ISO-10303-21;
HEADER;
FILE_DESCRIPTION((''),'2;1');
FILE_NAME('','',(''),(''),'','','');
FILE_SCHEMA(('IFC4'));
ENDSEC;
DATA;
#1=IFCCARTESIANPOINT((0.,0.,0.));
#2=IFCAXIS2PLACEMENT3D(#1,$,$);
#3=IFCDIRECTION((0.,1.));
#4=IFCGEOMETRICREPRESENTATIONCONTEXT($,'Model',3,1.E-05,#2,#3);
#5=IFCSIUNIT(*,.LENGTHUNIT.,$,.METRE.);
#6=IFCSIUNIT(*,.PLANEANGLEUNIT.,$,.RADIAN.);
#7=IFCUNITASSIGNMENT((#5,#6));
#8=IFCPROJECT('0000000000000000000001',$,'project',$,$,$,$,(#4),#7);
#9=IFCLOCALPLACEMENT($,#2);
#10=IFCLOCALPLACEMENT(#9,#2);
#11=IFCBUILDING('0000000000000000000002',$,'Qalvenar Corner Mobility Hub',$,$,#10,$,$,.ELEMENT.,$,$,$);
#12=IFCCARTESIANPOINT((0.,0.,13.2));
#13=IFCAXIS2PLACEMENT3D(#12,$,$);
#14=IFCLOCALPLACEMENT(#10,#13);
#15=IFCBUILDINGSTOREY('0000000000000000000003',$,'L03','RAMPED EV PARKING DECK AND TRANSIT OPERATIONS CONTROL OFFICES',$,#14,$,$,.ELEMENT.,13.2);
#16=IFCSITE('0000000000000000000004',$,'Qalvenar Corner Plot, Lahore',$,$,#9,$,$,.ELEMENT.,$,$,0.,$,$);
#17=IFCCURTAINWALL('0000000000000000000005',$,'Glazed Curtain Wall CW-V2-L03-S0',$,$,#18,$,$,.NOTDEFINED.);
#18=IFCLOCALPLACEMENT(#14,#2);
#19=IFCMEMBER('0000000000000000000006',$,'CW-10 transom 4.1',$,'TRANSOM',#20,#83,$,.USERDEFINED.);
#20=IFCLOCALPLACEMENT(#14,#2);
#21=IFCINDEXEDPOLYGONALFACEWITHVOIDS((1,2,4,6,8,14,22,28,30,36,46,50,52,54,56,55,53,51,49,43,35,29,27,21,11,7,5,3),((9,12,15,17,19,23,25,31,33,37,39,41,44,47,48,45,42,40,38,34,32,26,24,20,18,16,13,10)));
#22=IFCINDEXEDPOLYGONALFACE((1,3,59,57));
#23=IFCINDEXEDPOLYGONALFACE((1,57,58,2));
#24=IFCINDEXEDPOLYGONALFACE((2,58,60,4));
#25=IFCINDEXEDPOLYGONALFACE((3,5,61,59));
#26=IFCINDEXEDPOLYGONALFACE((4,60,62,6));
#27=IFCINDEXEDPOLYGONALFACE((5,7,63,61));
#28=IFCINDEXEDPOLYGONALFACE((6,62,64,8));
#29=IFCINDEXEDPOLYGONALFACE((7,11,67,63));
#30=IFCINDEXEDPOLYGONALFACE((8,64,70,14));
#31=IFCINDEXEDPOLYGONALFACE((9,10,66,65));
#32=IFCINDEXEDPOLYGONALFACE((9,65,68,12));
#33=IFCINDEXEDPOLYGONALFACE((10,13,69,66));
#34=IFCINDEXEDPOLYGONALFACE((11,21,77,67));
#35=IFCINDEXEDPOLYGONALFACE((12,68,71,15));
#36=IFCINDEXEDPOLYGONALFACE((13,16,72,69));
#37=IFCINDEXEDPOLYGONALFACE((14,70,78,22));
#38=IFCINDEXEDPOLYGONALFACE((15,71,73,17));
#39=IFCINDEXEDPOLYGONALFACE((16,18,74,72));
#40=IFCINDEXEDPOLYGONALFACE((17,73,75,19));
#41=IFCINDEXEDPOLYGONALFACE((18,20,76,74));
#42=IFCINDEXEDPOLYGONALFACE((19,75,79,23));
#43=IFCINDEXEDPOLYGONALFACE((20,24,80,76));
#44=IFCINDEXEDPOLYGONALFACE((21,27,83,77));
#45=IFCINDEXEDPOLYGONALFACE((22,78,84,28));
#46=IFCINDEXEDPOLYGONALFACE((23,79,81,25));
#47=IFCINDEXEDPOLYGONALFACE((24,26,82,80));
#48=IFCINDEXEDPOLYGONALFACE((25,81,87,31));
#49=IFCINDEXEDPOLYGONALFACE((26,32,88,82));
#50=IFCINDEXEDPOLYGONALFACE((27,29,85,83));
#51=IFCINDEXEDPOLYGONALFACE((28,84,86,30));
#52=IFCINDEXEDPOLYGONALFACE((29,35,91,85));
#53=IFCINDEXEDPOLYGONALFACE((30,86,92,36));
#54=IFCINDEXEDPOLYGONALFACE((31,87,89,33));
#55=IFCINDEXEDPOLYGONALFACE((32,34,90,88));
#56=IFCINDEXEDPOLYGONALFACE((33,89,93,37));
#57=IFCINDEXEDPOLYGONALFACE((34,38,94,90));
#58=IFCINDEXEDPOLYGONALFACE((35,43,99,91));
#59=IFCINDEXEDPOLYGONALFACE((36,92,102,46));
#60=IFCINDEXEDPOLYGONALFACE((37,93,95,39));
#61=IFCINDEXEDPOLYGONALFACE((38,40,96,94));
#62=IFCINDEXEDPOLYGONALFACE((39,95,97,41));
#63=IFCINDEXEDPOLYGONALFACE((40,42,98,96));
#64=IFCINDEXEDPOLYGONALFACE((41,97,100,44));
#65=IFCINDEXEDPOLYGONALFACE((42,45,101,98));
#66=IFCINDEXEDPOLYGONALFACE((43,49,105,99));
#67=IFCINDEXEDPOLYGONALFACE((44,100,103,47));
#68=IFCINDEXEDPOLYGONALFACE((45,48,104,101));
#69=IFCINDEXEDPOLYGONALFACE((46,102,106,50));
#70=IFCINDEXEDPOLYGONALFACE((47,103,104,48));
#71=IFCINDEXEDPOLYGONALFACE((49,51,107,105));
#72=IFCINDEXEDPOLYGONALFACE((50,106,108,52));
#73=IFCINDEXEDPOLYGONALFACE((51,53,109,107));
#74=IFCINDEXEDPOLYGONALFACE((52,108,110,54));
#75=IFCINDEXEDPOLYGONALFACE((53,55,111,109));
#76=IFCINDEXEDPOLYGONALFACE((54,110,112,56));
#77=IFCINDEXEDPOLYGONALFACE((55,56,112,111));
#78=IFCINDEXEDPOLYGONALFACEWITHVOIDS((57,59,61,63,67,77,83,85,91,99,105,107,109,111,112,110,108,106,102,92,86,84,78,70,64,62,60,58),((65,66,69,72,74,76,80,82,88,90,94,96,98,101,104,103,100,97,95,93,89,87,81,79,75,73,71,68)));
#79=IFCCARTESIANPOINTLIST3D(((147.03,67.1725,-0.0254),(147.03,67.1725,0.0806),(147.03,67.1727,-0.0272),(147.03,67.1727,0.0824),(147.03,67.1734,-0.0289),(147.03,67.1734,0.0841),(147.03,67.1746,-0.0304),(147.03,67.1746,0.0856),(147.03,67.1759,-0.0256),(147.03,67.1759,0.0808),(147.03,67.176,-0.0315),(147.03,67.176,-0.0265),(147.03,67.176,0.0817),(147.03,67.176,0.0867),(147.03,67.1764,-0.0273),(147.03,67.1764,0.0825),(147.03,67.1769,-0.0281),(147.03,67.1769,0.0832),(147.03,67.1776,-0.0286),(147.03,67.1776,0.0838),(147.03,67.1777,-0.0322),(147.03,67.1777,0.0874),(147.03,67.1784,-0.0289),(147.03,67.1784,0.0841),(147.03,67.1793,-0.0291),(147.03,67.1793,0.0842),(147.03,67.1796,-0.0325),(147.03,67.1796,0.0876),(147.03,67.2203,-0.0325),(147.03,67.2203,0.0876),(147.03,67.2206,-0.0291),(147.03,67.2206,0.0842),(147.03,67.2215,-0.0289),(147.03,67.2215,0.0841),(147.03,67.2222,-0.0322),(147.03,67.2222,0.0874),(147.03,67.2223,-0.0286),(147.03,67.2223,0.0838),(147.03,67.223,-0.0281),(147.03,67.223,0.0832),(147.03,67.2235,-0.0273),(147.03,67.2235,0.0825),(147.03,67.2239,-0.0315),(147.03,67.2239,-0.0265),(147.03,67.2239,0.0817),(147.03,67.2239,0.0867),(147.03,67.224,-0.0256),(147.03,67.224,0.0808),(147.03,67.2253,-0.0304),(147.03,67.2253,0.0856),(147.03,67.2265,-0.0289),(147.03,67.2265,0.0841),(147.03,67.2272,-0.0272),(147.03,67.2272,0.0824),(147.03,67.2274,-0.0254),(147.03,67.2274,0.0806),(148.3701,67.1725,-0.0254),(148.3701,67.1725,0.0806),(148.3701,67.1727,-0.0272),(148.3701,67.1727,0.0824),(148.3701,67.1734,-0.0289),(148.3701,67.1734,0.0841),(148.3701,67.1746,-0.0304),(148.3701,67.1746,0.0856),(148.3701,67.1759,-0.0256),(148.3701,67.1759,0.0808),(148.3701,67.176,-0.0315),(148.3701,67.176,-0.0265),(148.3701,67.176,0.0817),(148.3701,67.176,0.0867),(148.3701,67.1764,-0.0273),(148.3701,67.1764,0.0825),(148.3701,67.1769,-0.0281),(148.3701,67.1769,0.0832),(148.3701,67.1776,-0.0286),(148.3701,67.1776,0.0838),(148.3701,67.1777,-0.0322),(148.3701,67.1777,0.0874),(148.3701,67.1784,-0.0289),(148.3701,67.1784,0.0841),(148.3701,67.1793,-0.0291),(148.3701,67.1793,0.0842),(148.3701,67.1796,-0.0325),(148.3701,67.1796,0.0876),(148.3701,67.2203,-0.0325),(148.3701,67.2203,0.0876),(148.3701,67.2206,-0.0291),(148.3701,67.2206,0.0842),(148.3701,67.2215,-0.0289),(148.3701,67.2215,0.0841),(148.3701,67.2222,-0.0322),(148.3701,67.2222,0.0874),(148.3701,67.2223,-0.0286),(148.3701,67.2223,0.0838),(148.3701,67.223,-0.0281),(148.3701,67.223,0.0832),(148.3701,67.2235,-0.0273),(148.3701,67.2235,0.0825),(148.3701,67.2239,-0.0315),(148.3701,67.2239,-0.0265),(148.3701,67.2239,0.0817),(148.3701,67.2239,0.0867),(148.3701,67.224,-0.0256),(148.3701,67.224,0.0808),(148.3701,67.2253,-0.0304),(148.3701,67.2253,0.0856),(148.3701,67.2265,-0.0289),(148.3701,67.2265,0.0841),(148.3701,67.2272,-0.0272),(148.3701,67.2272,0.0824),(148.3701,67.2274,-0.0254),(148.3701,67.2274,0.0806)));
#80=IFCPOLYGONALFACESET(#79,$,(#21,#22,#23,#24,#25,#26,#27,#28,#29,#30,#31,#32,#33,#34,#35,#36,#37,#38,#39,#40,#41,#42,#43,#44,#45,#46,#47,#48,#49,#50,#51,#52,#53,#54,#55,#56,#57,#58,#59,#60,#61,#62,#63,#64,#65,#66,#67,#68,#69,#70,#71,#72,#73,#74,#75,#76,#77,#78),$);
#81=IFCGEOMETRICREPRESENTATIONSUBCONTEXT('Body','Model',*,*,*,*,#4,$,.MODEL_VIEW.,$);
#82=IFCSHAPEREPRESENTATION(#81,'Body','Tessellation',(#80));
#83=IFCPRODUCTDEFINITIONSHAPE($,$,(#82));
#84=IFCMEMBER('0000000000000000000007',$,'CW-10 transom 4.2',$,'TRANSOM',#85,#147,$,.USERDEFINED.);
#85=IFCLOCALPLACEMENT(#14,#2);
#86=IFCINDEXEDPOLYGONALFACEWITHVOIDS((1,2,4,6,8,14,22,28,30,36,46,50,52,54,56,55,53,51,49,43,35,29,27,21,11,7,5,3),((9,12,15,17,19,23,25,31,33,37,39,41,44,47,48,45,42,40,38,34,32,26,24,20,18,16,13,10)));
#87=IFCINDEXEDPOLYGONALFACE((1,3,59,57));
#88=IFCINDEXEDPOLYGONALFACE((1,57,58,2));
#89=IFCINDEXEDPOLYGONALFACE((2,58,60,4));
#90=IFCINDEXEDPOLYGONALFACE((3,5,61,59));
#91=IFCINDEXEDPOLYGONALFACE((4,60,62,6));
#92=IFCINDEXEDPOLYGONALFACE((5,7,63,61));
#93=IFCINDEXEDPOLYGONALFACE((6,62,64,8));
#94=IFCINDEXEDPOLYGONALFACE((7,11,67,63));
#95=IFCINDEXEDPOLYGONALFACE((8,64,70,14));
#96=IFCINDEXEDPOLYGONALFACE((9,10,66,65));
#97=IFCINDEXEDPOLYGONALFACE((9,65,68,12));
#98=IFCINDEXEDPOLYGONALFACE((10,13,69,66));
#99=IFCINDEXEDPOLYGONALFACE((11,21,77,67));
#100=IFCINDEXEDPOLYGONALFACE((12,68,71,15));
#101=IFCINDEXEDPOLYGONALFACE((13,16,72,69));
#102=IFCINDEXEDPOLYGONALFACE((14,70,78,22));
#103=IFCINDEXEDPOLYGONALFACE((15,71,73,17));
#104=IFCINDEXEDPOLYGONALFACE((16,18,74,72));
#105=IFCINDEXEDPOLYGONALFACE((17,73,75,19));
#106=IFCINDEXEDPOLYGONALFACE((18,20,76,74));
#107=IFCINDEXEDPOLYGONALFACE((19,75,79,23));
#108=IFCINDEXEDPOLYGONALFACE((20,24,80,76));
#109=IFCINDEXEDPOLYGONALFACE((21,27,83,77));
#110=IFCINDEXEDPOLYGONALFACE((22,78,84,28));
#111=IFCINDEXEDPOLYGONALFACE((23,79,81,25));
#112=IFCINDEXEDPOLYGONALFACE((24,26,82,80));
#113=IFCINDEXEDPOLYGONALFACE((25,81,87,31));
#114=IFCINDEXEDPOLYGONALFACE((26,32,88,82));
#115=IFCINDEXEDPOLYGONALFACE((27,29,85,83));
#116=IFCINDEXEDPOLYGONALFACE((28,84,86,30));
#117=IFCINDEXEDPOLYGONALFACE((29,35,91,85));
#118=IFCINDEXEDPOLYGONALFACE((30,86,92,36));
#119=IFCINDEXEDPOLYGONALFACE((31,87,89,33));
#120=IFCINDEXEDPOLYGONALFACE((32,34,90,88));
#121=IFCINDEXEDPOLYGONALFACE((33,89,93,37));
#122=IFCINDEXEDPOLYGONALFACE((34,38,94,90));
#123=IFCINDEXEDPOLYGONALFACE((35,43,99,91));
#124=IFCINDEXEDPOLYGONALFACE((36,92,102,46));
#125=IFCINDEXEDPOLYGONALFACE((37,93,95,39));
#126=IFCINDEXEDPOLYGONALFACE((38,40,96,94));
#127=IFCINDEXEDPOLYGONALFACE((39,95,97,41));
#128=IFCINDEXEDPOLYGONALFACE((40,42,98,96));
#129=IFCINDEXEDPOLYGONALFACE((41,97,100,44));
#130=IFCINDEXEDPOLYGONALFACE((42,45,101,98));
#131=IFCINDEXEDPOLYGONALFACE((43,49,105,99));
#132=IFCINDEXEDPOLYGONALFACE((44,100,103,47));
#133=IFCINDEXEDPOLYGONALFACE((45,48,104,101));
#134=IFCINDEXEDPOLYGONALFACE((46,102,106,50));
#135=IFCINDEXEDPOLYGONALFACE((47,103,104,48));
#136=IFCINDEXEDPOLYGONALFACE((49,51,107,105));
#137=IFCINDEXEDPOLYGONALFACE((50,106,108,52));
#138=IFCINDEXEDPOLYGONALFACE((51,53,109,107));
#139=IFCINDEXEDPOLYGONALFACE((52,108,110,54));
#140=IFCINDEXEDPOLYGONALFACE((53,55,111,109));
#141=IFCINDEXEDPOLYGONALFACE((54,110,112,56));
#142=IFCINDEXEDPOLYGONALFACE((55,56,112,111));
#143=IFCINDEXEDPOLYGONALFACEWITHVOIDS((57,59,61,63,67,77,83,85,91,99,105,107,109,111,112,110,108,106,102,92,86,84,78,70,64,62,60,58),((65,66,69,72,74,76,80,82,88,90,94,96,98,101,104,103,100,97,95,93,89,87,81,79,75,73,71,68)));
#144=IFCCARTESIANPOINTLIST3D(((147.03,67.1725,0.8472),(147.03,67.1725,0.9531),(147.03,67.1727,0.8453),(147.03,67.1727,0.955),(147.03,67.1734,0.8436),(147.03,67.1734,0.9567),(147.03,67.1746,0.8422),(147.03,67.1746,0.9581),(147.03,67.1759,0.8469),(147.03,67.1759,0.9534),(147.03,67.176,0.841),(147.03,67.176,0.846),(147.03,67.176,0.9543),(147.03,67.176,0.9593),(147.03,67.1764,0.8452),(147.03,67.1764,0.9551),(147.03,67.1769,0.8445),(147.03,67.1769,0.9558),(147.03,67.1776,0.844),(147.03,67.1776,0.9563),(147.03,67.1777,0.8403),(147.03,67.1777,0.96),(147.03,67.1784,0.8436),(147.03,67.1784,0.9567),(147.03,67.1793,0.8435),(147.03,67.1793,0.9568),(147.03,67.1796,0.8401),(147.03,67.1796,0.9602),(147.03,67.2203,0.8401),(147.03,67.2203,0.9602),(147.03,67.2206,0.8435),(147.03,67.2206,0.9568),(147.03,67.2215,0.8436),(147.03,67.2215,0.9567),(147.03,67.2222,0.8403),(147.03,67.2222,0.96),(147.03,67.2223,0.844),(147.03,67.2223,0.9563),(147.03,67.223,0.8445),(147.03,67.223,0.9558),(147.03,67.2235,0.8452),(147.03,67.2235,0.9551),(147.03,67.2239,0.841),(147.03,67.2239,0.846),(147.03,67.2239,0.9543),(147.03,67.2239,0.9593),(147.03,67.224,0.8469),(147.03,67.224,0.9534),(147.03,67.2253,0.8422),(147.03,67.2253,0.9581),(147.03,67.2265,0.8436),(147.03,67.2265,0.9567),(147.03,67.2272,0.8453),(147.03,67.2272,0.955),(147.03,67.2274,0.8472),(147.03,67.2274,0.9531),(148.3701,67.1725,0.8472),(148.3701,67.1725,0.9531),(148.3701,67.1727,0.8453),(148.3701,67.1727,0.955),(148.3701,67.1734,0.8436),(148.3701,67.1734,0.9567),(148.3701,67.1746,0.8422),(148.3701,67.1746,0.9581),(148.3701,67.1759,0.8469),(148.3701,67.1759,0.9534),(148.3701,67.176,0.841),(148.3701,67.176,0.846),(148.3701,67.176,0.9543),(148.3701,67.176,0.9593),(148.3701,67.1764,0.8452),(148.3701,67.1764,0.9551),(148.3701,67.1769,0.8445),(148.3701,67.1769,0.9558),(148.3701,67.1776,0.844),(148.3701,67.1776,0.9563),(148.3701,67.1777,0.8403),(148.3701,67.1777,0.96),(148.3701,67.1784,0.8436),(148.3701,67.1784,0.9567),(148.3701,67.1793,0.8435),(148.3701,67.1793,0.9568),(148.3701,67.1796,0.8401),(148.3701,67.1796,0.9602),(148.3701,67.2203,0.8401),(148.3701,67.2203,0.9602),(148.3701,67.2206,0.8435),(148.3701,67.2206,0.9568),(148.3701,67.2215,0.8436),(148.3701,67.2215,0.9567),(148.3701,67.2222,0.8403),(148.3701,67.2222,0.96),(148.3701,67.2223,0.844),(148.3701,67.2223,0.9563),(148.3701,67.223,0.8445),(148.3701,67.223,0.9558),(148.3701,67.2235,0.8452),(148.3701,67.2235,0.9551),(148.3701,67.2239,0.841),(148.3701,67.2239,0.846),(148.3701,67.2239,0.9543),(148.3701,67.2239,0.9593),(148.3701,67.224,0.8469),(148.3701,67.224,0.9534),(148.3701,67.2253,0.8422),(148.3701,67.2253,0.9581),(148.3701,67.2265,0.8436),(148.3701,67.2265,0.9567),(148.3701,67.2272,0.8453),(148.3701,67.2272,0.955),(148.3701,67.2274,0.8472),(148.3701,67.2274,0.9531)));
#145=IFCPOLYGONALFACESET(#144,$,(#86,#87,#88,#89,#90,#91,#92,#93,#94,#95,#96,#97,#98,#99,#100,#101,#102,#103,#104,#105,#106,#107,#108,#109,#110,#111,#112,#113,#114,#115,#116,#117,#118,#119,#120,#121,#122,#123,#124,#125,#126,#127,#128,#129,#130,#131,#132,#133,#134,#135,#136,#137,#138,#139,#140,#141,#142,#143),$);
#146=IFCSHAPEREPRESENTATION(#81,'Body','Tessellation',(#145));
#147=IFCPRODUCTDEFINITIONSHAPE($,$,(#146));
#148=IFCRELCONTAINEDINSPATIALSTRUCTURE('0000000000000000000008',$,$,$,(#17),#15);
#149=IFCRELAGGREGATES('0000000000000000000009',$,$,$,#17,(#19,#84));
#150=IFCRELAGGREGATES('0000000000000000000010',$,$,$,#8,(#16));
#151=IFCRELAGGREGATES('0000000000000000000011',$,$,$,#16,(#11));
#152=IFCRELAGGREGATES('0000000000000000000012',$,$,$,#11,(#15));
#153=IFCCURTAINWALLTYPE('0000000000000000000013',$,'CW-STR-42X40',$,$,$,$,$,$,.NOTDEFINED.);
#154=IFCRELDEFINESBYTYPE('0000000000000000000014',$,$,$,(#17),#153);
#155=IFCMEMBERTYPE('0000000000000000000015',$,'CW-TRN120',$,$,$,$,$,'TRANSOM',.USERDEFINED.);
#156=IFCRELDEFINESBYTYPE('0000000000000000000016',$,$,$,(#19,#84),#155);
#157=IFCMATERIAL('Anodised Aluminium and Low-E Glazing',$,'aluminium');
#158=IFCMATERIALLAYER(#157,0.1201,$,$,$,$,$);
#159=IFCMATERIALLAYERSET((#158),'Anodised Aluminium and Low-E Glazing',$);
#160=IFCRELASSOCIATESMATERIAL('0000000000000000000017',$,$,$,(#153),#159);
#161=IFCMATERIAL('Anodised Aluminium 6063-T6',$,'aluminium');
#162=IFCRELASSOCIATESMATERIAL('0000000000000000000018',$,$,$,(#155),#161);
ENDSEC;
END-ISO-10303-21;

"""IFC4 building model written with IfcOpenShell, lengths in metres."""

from ifc_helpers import new_model, si_unit, direction, frame, origin, origin_2d, place, context, subcontext, project, spatial, hollow_rectangle, extrude, material, layer, layer_set, material_profile, profile_set, type_object, element, aggregate, save


model = new_model("IFC4")

# Units and contexts
model_context = context("Model", 3, precision=1e-05, world=origin(), true_north=direction((0.0, 1.0)))
body_context = subcontext(model_context, "Body", "Model", "MODEL_VIEW")
ifc_project = project(units=[si_unit("LENGTHUNIT", "METRE"), si_unit("PLANEANGLEUNIT", "RADIAN")], contexts=[model_context])

# Site, building, storey
site_placement = place(None, origin())
site = spatial("IfcSite", under=ifc_project, at=site_placement, Name="Qalvenar Corner Plot, Lahore", CompositionType="ELEMENT", RefElevation=0.0)
building_placement = place(site_placement, origin())
building = spatial("IfcBuilding", under=site, at=building_placement, Name="Qalvenar Corner Mobility Hub", CompositionType="ELEMENT")
storey_placement = place(building_placement, frame((0.0, 0.0, 13.2)))
storey = spatial("IfcBuildingStorey", under=building, at=storey_placement, Name="L03", Description="RAMPED EV PARKING DECK AND TRANSIT OPERATIONS CONTROL OFFICES", CompositionType="ELEMENT", Elevation=13.2)

# Curtain wall, members
ifc_material_1 = material(Name="Anodised Aluminium and Low-E Glazing", Category="aluminium")
ifc_layer_1 = layer(ifc_material_1, 0.1201)
ifc_layer_set_1 = layer_set([ifc_layer_1], Name="Anodised Aluminium and Low-E Glazing")
curtain_wall_type = type_object("IfcCurtainWallType", Name="CW-STR-42X40", PredefinedType="NOTDEFINED", material=ifc_layer_set_1)
curtain_wall_placement = place(storey_placement, origin())
curtain_wall = element("IfcCurtainWall", 1, at=curtain_wall_placement, inside=storey, type_object=curtain_wall_type, Name="Glazed Curtain Wall CW-V2-L03-S0", PredefinedType="NOTDEFINED")
ifc_material_2 = material(Name="Anodised Aluminium 6063-T6", Category="aluminium")
ifc_material_profile_1 = material_profile(ifc_material_2, hollow_rectangle(XDim=0.0549, YDim=0.1201, WallThickness=0.0034, InnerFilletRadius=0.0034, OuterFilletRadius=0.0071, at=origin_2d()), Name="RHS120x55x3.5")
ifc_profile_set_1 = profile_set([ifc_material_profile_1], Name="Anodised Aluminium 6063-T6")
member_type_1 = type_object("IfcMemberType", Name="CW-TRN120", ElementType="TRANSOM", PredefinedType="USERDEFINED", material=ifc_profile_set_1)
member_1_placement = place(storey_placement, frame((147.03, 67.2, 0.0276), z_axis=(1.0, 0.0, 0.0), x_axis=(0.0, 1.0, 0.0)))
member_1 = element("IfcMember", 2, at=member_1_placement, type_object=member_type_1, Name="CW-10 transom 4.1", ObjectType="TRANSOM", PredefinedType="USERDEFINED", context=body_context, shape_type="SweptSolid", body=[
    extrude(hollow_rectangle(XDim=0.0549, YDim=0.1201, WallThickness=0.0034, InnerFilletRadius=0.0034, OuterFilletRadius=0.0071, at=origin_2d()), origin(), (0.0, 0.0, 1.0), 1.3401),
])
member_2_placement = place(storey_placement, frame((147.03, 67.2, 0.9001), z_axis=(1.0, 0.0, 0.0), x_axis=(0.0, 1.0, 0.0)))
member_2 = element("IfcMember", 3, at=member_2_placement, type_object=member_type_1, Name="CW-10 transom 4.2", ObjectType="TRANSOM", PredefinedType="USERDEFINED", context=body_context, shape_type="SweptSolid", body=[
    extrude(hollow_rectangle(XDim=0.0549, YDim=0.1201, WallThickness=0.0034, InnerFilletRadius=0.0034, OuterFilletRadius=0.0071, at=origin_2d()), origin(), (0.0, 0.0, 1.0), 1.3401),
])
aggregate(curtain_wall, [member_1, member_2])

save(model, "model.ifc")
